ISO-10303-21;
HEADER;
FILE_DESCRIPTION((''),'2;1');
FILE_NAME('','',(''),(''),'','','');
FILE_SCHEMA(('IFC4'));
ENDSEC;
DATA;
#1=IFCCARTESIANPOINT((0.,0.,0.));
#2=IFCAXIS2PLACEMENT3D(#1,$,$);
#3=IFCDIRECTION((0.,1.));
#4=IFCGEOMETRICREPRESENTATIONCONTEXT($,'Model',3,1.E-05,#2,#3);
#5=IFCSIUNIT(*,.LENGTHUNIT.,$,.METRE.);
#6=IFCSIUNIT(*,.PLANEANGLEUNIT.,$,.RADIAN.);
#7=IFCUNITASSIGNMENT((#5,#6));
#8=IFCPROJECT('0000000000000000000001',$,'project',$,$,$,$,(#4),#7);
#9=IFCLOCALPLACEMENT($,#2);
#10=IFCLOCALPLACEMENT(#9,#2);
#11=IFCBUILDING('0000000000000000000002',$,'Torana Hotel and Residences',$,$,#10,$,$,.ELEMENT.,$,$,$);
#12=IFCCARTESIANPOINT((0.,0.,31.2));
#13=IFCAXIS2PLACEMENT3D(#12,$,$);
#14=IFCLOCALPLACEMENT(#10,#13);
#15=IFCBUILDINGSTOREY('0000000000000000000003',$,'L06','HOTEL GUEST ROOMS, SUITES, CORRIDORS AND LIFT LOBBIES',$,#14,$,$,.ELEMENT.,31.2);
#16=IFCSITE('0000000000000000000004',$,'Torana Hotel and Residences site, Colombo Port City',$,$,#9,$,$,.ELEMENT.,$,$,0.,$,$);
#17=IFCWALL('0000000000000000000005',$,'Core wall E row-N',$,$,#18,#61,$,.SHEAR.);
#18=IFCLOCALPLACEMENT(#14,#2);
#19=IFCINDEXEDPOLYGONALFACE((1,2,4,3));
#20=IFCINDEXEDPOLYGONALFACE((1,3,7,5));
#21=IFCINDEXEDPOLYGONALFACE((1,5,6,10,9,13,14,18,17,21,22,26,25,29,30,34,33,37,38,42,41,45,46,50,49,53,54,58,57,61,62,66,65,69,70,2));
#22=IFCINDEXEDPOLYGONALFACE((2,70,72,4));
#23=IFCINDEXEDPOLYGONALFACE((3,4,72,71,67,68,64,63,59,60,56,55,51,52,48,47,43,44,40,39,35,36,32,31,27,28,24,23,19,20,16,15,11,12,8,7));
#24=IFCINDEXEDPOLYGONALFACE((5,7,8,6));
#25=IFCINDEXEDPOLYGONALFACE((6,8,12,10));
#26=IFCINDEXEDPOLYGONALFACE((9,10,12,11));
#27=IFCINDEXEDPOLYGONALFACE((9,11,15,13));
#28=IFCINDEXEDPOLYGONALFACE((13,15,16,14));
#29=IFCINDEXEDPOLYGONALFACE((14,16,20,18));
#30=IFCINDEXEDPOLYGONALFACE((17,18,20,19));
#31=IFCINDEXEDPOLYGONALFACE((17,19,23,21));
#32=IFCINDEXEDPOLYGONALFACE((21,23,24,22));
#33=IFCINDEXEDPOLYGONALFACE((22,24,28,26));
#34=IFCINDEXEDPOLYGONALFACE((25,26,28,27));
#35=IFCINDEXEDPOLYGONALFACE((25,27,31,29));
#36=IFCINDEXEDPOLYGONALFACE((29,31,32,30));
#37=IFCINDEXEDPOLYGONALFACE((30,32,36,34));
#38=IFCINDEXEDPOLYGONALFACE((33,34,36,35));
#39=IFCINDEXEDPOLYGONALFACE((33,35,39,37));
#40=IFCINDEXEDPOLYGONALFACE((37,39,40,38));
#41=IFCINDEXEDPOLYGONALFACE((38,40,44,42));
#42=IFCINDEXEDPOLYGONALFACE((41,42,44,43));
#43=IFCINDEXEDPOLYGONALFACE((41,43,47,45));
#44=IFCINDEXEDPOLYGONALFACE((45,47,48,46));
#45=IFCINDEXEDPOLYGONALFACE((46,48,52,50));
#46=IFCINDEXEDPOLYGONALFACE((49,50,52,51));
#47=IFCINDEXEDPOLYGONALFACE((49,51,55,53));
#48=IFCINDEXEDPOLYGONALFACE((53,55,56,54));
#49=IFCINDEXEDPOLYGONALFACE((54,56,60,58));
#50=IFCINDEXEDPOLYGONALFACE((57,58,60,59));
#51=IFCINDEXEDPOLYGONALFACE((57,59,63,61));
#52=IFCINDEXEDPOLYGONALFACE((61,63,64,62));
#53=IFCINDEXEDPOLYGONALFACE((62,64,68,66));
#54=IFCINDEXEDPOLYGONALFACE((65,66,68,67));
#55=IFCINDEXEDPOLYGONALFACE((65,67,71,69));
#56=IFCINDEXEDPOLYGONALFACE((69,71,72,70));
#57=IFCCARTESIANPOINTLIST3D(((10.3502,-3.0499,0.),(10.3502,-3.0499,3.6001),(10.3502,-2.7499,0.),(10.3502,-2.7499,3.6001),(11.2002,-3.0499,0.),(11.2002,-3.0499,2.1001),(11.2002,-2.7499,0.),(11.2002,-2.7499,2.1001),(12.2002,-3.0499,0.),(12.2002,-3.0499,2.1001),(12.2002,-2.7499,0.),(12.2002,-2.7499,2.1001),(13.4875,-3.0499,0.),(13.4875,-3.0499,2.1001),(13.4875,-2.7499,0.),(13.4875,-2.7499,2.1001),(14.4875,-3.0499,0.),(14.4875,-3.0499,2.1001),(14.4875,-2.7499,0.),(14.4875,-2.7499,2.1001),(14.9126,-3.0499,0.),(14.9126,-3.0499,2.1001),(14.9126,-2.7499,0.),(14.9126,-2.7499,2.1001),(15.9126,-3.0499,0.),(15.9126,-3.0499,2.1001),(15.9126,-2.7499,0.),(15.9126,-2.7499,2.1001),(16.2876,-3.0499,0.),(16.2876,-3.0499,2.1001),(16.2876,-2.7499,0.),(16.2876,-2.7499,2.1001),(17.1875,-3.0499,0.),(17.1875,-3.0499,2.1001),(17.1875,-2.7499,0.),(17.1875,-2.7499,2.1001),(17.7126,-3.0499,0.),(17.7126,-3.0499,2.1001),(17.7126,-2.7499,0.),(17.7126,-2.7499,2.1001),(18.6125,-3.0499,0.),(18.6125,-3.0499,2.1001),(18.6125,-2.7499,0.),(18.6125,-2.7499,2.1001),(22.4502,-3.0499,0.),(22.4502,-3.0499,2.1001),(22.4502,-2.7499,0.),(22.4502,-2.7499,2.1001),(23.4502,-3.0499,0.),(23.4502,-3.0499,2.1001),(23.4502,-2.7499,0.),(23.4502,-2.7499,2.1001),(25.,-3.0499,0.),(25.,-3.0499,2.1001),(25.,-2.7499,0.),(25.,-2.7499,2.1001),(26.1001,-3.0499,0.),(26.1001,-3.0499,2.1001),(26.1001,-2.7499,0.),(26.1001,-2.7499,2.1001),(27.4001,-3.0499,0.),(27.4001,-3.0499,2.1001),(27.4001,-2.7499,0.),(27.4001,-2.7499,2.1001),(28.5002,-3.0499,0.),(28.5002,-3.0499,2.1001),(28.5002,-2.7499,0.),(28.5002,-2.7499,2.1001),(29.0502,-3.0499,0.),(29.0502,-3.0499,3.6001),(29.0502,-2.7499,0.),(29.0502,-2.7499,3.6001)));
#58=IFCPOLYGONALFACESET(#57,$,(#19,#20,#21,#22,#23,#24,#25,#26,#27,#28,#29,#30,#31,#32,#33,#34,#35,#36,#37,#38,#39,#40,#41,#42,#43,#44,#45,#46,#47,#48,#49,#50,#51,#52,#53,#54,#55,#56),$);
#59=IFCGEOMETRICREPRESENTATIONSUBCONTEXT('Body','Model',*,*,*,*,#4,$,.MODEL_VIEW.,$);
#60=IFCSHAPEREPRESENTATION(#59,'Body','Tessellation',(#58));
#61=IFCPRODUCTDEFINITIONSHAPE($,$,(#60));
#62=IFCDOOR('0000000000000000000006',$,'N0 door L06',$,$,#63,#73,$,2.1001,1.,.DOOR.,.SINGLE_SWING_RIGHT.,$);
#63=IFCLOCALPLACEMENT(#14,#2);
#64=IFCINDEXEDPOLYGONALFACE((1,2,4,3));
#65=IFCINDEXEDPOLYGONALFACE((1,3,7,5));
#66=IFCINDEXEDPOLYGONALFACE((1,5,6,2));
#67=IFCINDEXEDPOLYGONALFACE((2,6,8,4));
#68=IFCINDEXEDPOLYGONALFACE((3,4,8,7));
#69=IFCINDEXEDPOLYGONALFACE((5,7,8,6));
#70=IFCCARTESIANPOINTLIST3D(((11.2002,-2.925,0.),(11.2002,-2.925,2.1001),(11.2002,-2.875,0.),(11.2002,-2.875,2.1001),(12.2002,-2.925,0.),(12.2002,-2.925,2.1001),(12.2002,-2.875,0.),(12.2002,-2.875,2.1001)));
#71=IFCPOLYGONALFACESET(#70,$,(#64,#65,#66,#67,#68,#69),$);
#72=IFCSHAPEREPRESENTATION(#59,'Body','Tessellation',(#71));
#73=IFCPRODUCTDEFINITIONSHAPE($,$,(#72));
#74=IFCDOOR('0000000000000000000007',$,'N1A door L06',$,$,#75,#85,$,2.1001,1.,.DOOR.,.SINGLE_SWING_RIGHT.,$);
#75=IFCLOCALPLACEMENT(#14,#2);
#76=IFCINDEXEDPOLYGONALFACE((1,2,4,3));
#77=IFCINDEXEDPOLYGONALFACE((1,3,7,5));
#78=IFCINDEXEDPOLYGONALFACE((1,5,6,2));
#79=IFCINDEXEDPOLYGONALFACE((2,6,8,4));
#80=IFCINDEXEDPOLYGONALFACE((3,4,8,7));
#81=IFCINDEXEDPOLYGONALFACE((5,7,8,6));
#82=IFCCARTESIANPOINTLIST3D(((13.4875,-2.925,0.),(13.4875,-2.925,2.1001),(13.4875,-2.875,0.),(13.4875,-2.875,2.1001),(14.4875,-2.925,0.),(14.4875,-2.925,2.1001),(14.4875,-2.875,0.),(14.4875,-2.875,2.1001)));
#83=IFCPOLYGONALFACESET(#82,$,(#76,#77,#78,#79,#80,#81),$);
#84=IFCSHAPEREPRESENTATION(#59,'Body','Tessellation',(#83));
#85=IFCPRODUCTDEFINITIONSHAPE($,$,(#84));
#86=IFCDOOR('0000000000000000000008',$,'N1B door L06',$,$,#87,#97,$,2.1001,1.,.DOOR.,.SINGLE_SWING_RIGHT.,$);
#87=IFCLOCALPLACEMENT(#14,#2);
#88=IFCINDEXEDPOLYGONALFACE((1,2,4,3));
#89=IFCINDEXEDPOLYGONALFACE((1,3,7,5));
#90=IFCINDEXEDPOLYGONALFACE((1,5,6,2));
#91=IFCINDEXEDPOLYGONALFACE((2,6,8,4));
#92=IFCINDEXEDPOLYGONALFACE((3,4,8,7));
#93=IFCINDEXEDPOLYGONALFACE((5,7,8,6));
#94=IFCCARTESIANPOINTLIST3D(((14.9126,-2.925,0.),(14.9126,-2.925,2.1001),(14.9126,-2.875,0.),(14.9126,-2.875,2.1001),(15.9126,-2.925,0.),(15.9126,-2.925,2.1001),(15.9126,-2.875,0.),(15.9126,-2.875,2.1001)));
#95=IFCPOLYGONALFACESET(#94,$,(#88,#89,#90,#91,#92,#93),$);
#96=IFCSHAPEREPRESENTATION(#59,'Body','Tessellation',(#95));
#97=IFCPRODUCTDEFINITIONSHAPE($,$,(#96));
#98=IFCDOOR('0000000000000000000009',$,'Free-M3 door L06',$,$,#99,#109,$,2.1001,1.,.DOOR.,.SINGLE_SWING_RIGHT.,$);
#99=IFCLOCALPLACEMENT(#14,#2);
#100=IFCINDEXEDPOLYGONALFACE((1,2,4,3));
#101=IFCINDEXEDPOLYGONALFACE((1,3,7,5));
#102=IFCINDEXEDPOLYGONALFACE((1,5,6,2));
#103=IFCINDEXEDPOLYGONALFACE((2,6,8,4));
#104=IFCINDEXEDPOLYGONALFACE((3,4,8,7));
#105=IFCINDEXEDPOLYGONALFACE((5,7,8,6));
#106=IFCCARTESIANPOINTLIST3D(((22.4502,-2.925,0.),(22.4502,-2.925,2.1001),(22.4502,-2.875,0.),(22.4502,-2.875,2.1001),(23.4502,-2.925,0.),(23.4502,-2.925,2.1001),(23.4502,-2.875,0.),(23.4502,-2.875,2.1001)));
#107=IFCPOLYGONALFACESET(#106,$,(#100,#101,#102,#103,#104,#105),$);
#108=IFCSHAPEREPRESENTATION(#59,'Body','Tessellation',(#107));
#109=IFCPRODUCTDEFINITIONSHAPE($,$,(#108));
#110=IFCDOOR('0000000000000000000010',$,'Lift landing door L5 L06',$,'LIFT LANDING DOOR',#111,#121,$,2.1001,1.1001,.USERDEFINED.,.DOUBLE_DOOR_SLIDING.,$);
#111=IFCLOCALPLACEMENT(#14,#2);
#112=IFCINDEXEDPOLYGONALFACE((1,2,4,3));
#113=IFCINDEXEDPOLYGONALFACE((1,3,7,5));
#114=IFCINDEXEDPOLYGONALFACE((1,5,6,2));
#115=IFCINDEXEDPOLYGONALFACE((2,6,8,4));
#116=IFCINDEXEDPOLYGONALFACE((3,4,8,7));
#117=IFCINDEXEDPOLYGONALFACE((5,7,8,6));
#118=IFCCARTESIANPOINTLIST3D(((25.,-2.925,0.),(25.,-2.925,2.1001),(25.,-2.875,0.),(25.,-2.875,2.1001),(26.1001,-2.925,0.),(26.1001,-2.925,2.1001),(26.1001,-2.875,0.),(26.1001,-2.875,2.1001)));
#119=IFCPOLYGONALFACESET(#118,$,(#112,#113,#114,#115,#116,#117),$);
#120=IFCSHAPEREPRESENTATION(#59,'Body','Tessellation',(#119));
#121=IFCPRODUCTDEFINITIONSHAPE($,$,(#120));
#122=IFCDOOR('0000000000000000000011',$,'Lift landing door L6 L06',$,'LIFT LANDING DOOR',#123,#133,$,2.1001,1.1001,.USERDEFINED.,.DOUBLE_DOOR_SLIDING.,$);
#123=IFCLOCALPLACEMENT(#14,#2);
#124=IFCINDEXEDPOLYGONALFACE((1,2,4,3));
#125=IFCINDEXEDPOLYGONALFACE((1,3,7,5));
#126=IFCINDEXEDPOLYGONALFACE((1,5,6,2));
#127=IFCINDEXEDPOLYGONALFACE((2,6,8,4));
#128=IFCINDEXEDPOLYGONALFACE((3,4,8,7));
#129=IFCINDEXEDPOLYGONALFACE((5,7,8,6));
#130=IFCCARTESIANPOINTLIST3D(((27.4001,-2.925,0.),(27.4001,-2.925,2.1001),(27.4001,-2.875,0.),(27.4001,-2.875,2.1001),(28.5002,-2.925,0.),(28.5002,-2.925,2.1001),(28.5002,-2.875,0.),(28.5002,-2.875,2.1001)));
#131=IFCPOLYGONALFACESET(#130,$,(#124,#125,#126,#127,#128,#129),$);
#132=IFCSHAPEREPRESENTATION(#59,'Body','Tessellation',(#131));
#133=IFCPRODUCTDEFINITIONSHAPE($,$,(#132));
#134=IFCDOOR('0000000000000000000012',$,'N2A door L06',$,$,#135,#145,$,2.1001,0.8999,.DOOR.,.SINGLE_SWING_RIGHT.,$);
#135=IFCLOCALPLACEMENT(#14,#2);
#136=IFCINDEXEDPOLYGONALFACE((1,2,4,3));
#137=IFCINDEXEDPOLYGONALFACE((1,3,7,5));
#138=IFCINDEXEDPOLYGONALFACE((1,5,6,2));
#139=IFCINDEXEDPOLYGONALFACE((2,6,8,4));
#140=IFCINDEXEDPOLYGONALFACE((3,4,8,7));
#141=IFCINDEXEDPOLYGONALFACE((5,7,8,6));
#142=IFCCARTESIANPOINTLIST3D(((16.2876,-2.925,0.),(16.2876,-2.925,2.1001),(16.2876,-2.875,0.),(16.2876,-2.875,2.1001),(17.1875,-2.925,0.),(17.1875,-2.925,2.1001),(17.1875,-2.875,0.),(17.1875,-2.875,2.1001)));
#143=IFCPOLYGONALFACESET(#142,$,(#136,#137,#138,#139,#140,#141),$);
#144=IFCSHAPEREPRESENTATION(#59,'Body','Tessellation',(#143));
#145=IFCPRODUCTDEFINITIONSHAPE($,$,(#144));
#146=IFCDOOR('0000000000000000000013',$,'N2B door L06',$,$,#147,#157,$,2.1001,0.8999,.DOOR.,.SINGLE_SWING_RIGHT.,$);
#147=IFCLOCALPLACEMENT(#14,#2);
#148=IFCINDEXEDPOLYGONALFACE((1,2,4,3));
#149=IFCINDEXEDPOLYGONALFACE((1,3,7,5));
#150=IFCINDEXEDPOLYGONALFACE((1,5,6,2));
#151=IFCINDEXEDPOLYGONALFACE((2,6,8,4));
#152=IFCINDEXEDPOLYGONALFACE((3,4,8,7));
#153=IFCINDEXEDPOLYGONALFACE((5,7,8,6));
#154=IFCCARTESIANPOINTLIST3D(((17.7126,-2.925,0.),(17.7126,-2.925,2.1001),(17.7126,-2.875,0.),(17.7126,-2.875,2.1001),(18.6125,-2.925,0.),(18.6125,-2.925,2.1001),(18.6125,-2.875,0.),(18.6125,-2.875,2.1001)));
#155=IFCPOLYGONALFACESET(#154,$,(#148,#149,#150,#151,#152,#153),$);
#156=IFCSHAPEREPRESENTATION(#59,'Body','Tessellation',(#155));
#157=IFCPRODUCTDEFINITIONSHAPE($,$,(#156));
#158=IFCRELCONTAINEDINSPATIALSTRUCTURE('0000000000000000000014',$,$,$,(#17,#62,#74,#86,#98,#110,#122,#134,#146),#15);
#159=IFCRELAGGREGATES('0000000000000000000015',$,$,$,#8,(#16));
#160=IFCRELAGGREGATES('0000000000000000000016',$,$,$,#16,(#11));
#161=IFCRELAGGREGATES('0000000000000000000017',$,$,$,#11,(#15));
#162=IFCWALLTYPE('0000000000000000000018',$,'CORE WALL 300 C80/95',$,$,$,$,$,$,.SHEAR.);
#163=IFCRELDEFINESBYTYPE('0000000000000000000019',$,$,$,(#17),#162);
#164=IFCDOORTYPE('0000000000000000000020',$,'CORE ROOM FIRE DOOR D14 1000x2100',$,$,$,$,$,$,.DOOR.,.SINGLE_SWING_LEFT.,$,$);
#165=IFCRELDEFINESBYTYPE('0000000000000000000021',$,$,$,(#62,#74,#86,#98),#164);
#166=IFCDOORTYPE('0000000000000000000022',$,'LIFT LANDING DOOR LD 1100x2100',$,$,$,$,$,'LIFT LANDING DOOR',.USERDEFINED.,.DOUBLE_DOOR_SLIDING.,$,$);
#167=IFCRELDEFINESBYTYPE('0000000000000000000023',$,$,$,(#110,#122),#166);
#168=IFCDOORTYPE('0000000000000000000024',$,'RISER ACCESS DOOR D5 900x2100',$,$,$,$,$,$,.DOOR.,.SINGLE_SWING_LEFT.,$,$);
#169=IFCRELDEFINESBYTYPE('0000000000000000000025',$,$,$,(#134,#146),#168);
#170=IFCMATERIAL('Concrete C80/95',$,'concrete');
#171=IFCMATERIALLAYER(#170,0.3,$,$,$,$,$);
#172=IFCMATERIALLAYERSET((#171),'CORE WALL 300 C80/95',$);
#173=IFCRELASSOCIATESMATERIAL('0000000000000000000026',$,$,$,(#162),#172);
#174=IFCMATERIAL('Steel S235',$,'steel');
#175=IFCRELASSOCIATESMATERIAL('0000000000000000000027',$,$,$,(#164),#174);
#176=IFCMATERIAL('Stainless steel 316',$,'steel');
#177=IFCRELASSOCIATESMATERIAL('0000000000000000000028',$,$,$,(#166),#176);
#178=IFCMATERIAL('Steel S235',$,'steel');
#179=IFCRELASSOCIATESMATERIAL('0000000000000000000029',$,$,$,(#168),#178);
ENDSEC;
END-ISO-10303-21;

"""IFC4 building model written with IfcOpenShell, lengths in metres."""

from ifc_helpers import new_model, si_unit, direction, frame, frame_2d, origin, place, context, subcontext, project, spatial, rectangle, extrude, material, layer, layer_set, type_object, element, fill, save


model = new_model("IFC4")

# Units and contexts
model_context = context("Model", 3, precision=1e-05, world=origin(), true_north=direction((0.0, 1.0)))
body_context = subcontext(model_context, "Body", "Model", "MODEL_VIEW")
ifc_project = project(units=[si_unit("LENGTHUNIT", "METRE"), si_unit("PLANEANGLEUNIT", "RADIAN")], contexts=[model_context])

# Site, building, storey
site_placement = place(None, origin())
site = spatial("IfcSite", under=ifc_project, at=site_placement, Name="Torana Hotel and Residences site, Colombo Port City", CompositionType="ELEMENT", RefElevation=0.0)
building_placement = place(site_placement, origin())
building = spatial("IfcBuilding", under=site, at=building_placement, Name="Torana Hotel and Residences", CompositionType="ELEMENT")
storey_placement = place(building_placement, frame((0.0, 0.0, 31.2)))
storey = spatial("IfcBuildingStorey", under=building, at=storey_placement, Name="L06", Description="HOTEL GUEST ROOMS, SUITES, CORRIDORS AND LIFT LOBBIES", CompositionType="ELEMENT", Elevation=31.2)

# Wall, openings, doors
ifc_material_1 = material(Name="Concrete C80/95", Category="concrete")
ifc_layer_1 = layer(ifc_material_1, 0.3)
ifc_layer_set_1 = layer_set([ifc_layer_1], Name="CORE WALL 300 C80/95")
wall_type_1 = type_object("IfcWallType", Name="CORE WALL 300 C80/95", PredefinedType="SHEAR", material=ifc_layer_set_1)
wall_1_placement = place(storey_placement, frame((10.3501, -2.8999, 0.0), z_axis=(0.0, 0.0, 1.0), x_axis=(1.0, 0.0, 0.0)))
wall_1 = element("IfcWall", 1, at=wall_1_placement, inside=storey, type_object=wall_type_1, Name="Core wall E row-N", PredefinedType="SHEAR", context=body_context, shape_type="SweptSolid", body=[
    extrude(rectangle(XDim=18.7, YDim=0.3, at=frame_2d((9.3501, 0.0))), origin(), (0.0, 0.0, 1.0), 3.6001),
])
opening_1_placement = place(wall_1_placement, frame((14.6499, 0.0, 0.0)))
opening_1 = element("IfcOpeningElement", 2, at=opening_1_placement, cuts=wall_1, PredefinedType="OPENING", context=body_context, shape_type="SweptSolid", body=[
    extrude(rectangle(XDim=1.1001, YDim=2.1001, at=frame_2d((0.55, 1.05))), frame((0.0, 0.1599, 0.0), z_axis=(0.0, -1.0, 0.0), x_axis=(1.0, 0.0, 0.0)), (0.0, 0.0, 1.0), 0.3201),
])
opening_2_placement = place(wall_1_placement, frame((17.05, 0.0, 0.0)))
opening_2 = element("IfcOpeningElement", 3, at=opening_2_placement, cuts=wall_1, PredefinedType="OPENING", context=body_context, shape_type="SweptSolid", body=[
    extrude(rectangle(XDim=1.1001, YDim=2.1001, at=frame_2d((0.55, 1.05))), frame((0.0, 0.1599, 0.0), z_axis=(0.0, -1.0, 0.0), x_axis=(1.0, 0.0, 0.0)), (0.0, 0.0, 1.0), 0.3201),
])
opening_3_placement = place(wall_1_placement, frame((5.9375, 0.0, 0.0)))
opening_3 = element("IfcOpeningElement", 4, at=opening_3_placement, cuts=wall_1, PredefinedType="OPENING", context=body_context, shape_type="SweptSolid", body=[
    extrude(rectangle(XDim=0.8999, YDim=2.1001, at=frame_2d((0.45, 1.05))), frame((0.0, 0.1599, 0.0), z_axis=(0.0, -1.0, 0.0), x_axis=(1.0, 0.0, 0.0)), (0.0, 0.0, 1.0), 0.3201),
])
opening_4_placement = place(wall_1_placement, frame((7.3625, 0.0, 0.0)))
opening_4 = element("IfcOpeningElement", 5, at=opening_4_placement, cuts=wall_1, PredefinedType="OPENING", context=body_context, shape_type="SweptSolid", body=[
    extrude(rectangle(XDim=0.8999, YDim=2.1001, at=frame_2d((0.45, 1.05))), frame((0.0, 0.1599, 0.0), z_axis=(0.0, -1.0, 0.0), x_axis=(1.0, 0.0, 0.0)), (0.0, 0.0, 1.0), 0.3201),
])
opening_5_placement = place(wall_1_placement, frame((0.8501, 0.0, 0.0)))
opening_5 = element("IfcOpeningElement", 6, at=opening_5_placement, cuts=wall_1, PredefinedType="OPENING", context=body_context, shape_type="SweptSolid", body=[
    extrude(rectangle(XDim=1.0, YDim=2.1001, at=frame_2d((0.5, 1.05))), frame((0.0, 0.1599, 0.0), z_axis=(0.0, -1.0, 0.0), x_axis=(1.0, 0.0, 0.0)), (0.0, 0.0, 1.0), 0.3201),
])
opening_6_placement = place(wall_1_placement, frame((3.1375, 0.0, 0.0)))
opening_6 = element("IfcOpeningElement", 7, at=opening_6_placement, cuts=wall_1, PredefinedType="OPENING", context=body_context, shape_type="SweptSolid", body=[
    extrude(rectangle(XDim=1.0, YDim=2.1001, at=frame_2d((0.5, 1.05))), frame((0.0, 0.1599, 0.0), z_axis=(0.0, -1.0, 0.0), x_axis=(1.0, 0.0, 0.0)), (0.0, 0.0, 1.0), 0.3201),
])
opening_7_placement = place(wall_1_placement, frame((4.5625, 0.0, 0.0)))
opening_7 = element("IfcOpeningElement", 8, at=opening_7_placement, cuts=wall_1, PredefinedType="OPENING", context=body_context, shape_type="SweptSolid", body=[
    extrude(rectangle(XDim=1.0, YDim=2.1001, at=frame_2d((0.5, 1.05))), frame((0.0, 0.1599, 0.0), z_axis=(0.0, -1.0, 0.0), x_axis=(1.0, 0.0, 0.0)), (0.0, 0.0, 1.0), 0.3201),
])
opening_8_placement = place(wall_1_placement, frame((12.1001, 0.0, 0.0)))
opening_8 = element("IfcOpeningElement", 9, at=opening_8_placement, cuts=wall_1, PredefinedType="OPENING", context=body_context, shape_type="SweptSolid", body=[
    extrude(rectangle(XDim=1.0, YDim=2.1001, at=frame_2d((0.5, 1.05))), frame((0.0, 0.1599, 0.0), z_axis=(0.0, -1.0, 0.0), x_axis=(1.0, 0.0, 0.0)), (0.0, 0.0, 1.0), 0.3201),
])
ifc_material_2 = material(Name="Steel S235", Category="steel")
door_type_1 = type_object("IfcDoorType", Name="CORE ROOM FIRE DOOR D14 1000x2100", OperationType="SINGLE_SWING_LEFT", PredefinedType="DOOR", material=ifc_material_2)
door_1_placement = place(opening_5_placement, origin())
door_1 = element("IfcDoor", 10, at=door_1_placement, inside=storey, type_object=door_type_1, Name="N0 door L06", OperationType="SINGLE_SWING_RIGHT", OverallHeight=2.1001, OverallWidth=1.0, PredefinedType="DOOR", context=body_context, shape_type="SweptSolid", body=[
    extrude(rectangle(XDim=1.0, YDim=2.1001, at=frame_2d((0.5, 1.05))), frame((0.0, 0.0249, 0.0), z_axis=(0.0, -1.0, 0.0), x_axis=(1.0, 0.0, 0.0)), (0.0, 0.0, 1.0), 0.05),
])
fill(opening_5, door_1)
door_2_placement = place(opening_6_placement, origin())
door_2 = element("IfcDoor", 11, at=door_2_placement, inside=storey, type_object=door_type_1, Name="N1A door L06", OperationType="SINGLE_SWING_RIGHT", OverallHeight=2.1001, OverallWidth=1.0, PredefinedType="DOOR", context=body_context, shape_type="SweptSolid", body=[
    extrude(rectangle(XDim=1.0, YDim=2.1001, at=frame_2d((0.5, 1.05))), frame((0.0, 0.0249, 0.0), z_axis=(0.0, -1.0, 0.0), x_axis=(1.0, 0.0, 0.0)), (0.0, 0.0, 1.0), 0.05),
])
fill(opening_6, door_2)
door_3_placement = place(opening_7_placement, origin())
door_3 = element("IfcDoor", 12, at=door_3_placement, inside=storey, type_object=door_type_1, Name="N1B door L06", OperationType="SINGLE_SWING_RIGHT", OverallHeight=2.1001, OverallWidth=1.0, PredefinedType="DOOR", context=body_context, shape_type="SweptSolid", body=[
    extrude(rectangle(XDim=1.0, YDim=2.1001, at=frame_2d((0.5, 1.05))), frame((0.0, 0.0249, 0.0), z_axis=(0.0, -1.0, 0.0), x_axis=(1.0, 0.0, 0.0)), (0.0, 0.0, 1.0), 0.05),
])
fill(opening_7, door_3)
door_4_placement = place(opening_8_placement, origin())
door_4 = element("IfcDoor", 13, at=door_4_placement, inside=storey, type_object=door_type_1, Name="Free-M3 door L06", OperationType="SINGLE_SWING_RIGHT", OverallHeight=2.1001, OverallWidth=1.0, PredefinedType="DOOR", context=body_context, shape_type="SweptSolid", body=[
    extrude(rectangle(XDim=1.0, YDim=2.1001, at=frame_2d((0.5, 1.05))), frame((0.0, 0.0249, 0.0), z_axis=(0.0, -1.0, 0.0), x_axis=(1.0, 0.0, 0.0)), (0.0, 0.0, 1.0), 0.05),
])
fill(opening_8, door_4)
ifc_material_3 = material(Name="Stainless steel 316", Category="steel")
door_type_2 = type_object("IfcDoorType", Name="LIFT LANDING DOOR LD 1100x2100", ElementType="LIFT LANDING DOOR", OperationType="DOUBLE_DOOR_SLIDING", PredefinedType="USERDEFINED", material=ifc_material_3)
door_5_placement = place(opening_1_placement, origin())
door_5 = element("IfcDoor", 14, at=door_5_placement, inside=storey, type_object=door_type_2, Name="Lift landing door L5 L06", ObjectType="LIFT LANDING DOOR", OperationType="DOUBLE_DOOR_SLIDING", OverallHeight=2.1001, OverallWidth=1.1001, PredefinedType="USERDEFINED", context=body_context, shape_type="SweptSolid", body=[
    extrude(rectangle(XDim=1.1001, YDim=2.1001, at=frame_2d((0.55, 1.05))), frame((0.0, 0.0249, 0.0), z_axis=(0.0, -1.0, 0.0), x_axis=(1.0, 0.0, 0.0)), (0.0, 0.0, 1.0), 0.05),
])
fill(opening_1, door_5)
door_6_placement = place(opening_2_placement, origin())
door_6 = element("IfcDoor", 15, at=door_6_placement, inside=storey, type_object=door_type_2, Name="Lift landing door L6 L06", ObjectType="LIFT LANDING DOOR", OperationType="DOUBLE_DOOR_SLIDING", OverallHeight=2.1001, OverallWidth=1.1001, PredefinedType="USERDEFINED", context=body_context, shape_type="SweptSolid", body=[
    extrude(rectangle(XDim=1.1001, YDim=2.1001, at=frame_2d((0.55, 1.05))), frame((0.0, 0.0249, 0.0), z_axis=(0.0, -1.0, 0.0), x_axis=(1.0, 0.0, 0.0)), (0.0, 0.0, 1.0), 0.05),
])
fill(opening_2, door_6)
ifc_material_4 = material(Name="Steel S235", Category="steel")
door_type_3 = type_object("IfcDoorType", Name="RISER ACCESS DOOR D5 900x2100", OperationType="SINGLE_SWING_LEFT", PredefinedType="DOOR", material=ifc_material_4)
door_7_placement = place(opening_3_placement, origin())
door_7 = element("IfcDoor", 16, at=door_7_placement, inside=storey, type_object=door_type_3, Name="N2A door L06", OperationType="SINGLE_SWING_RIGHT", OverallHeight=2.1001, OverallWidth=0.8999, PredefinedType="DOOR", context=body_context, shape_type="SweptSolid", body=[
    extrude(rectangle(XDim=0.8999, YDim=2.1001, at=frame_2d((0.45, 1.05))), frame((0.0, 0.0249, 0.0), z_axis=(0.0, -1.0, 0.0), x_axis=(1.0, 0.0, 0.0)), (0.0, 0.0, 1.0), 0.05),
])
fill(opening_3, door_7)
door_8_placement = place(opening_4_placement, origin())
door_8 = element("IfcDoor", 17, at=door_8_placement, inside=storey, type_object=door_type_3, Name="N2B door L06", OperationType="SINGLE_SWING_RIGHT", OverallHeight=2.1001, OverallWidth=0.8999, PredefinedType="DOOR", context=body_context, shape_type="SweptSolid", body=[
    extrude(rectangle(XDim=0.8999, YDim=2.1001, at=frame_2d((0.45, 1.05))), frame((0.0, 0.0249, 0.0), z_axis=(0.0, -1.0, 0.0), x_axis=(1.0, 0.0, 0.0)), (0.0, 0.0, 1.0), 0.05),
])
fill(opening_4, door_8)

save(model, "model.ifc")
